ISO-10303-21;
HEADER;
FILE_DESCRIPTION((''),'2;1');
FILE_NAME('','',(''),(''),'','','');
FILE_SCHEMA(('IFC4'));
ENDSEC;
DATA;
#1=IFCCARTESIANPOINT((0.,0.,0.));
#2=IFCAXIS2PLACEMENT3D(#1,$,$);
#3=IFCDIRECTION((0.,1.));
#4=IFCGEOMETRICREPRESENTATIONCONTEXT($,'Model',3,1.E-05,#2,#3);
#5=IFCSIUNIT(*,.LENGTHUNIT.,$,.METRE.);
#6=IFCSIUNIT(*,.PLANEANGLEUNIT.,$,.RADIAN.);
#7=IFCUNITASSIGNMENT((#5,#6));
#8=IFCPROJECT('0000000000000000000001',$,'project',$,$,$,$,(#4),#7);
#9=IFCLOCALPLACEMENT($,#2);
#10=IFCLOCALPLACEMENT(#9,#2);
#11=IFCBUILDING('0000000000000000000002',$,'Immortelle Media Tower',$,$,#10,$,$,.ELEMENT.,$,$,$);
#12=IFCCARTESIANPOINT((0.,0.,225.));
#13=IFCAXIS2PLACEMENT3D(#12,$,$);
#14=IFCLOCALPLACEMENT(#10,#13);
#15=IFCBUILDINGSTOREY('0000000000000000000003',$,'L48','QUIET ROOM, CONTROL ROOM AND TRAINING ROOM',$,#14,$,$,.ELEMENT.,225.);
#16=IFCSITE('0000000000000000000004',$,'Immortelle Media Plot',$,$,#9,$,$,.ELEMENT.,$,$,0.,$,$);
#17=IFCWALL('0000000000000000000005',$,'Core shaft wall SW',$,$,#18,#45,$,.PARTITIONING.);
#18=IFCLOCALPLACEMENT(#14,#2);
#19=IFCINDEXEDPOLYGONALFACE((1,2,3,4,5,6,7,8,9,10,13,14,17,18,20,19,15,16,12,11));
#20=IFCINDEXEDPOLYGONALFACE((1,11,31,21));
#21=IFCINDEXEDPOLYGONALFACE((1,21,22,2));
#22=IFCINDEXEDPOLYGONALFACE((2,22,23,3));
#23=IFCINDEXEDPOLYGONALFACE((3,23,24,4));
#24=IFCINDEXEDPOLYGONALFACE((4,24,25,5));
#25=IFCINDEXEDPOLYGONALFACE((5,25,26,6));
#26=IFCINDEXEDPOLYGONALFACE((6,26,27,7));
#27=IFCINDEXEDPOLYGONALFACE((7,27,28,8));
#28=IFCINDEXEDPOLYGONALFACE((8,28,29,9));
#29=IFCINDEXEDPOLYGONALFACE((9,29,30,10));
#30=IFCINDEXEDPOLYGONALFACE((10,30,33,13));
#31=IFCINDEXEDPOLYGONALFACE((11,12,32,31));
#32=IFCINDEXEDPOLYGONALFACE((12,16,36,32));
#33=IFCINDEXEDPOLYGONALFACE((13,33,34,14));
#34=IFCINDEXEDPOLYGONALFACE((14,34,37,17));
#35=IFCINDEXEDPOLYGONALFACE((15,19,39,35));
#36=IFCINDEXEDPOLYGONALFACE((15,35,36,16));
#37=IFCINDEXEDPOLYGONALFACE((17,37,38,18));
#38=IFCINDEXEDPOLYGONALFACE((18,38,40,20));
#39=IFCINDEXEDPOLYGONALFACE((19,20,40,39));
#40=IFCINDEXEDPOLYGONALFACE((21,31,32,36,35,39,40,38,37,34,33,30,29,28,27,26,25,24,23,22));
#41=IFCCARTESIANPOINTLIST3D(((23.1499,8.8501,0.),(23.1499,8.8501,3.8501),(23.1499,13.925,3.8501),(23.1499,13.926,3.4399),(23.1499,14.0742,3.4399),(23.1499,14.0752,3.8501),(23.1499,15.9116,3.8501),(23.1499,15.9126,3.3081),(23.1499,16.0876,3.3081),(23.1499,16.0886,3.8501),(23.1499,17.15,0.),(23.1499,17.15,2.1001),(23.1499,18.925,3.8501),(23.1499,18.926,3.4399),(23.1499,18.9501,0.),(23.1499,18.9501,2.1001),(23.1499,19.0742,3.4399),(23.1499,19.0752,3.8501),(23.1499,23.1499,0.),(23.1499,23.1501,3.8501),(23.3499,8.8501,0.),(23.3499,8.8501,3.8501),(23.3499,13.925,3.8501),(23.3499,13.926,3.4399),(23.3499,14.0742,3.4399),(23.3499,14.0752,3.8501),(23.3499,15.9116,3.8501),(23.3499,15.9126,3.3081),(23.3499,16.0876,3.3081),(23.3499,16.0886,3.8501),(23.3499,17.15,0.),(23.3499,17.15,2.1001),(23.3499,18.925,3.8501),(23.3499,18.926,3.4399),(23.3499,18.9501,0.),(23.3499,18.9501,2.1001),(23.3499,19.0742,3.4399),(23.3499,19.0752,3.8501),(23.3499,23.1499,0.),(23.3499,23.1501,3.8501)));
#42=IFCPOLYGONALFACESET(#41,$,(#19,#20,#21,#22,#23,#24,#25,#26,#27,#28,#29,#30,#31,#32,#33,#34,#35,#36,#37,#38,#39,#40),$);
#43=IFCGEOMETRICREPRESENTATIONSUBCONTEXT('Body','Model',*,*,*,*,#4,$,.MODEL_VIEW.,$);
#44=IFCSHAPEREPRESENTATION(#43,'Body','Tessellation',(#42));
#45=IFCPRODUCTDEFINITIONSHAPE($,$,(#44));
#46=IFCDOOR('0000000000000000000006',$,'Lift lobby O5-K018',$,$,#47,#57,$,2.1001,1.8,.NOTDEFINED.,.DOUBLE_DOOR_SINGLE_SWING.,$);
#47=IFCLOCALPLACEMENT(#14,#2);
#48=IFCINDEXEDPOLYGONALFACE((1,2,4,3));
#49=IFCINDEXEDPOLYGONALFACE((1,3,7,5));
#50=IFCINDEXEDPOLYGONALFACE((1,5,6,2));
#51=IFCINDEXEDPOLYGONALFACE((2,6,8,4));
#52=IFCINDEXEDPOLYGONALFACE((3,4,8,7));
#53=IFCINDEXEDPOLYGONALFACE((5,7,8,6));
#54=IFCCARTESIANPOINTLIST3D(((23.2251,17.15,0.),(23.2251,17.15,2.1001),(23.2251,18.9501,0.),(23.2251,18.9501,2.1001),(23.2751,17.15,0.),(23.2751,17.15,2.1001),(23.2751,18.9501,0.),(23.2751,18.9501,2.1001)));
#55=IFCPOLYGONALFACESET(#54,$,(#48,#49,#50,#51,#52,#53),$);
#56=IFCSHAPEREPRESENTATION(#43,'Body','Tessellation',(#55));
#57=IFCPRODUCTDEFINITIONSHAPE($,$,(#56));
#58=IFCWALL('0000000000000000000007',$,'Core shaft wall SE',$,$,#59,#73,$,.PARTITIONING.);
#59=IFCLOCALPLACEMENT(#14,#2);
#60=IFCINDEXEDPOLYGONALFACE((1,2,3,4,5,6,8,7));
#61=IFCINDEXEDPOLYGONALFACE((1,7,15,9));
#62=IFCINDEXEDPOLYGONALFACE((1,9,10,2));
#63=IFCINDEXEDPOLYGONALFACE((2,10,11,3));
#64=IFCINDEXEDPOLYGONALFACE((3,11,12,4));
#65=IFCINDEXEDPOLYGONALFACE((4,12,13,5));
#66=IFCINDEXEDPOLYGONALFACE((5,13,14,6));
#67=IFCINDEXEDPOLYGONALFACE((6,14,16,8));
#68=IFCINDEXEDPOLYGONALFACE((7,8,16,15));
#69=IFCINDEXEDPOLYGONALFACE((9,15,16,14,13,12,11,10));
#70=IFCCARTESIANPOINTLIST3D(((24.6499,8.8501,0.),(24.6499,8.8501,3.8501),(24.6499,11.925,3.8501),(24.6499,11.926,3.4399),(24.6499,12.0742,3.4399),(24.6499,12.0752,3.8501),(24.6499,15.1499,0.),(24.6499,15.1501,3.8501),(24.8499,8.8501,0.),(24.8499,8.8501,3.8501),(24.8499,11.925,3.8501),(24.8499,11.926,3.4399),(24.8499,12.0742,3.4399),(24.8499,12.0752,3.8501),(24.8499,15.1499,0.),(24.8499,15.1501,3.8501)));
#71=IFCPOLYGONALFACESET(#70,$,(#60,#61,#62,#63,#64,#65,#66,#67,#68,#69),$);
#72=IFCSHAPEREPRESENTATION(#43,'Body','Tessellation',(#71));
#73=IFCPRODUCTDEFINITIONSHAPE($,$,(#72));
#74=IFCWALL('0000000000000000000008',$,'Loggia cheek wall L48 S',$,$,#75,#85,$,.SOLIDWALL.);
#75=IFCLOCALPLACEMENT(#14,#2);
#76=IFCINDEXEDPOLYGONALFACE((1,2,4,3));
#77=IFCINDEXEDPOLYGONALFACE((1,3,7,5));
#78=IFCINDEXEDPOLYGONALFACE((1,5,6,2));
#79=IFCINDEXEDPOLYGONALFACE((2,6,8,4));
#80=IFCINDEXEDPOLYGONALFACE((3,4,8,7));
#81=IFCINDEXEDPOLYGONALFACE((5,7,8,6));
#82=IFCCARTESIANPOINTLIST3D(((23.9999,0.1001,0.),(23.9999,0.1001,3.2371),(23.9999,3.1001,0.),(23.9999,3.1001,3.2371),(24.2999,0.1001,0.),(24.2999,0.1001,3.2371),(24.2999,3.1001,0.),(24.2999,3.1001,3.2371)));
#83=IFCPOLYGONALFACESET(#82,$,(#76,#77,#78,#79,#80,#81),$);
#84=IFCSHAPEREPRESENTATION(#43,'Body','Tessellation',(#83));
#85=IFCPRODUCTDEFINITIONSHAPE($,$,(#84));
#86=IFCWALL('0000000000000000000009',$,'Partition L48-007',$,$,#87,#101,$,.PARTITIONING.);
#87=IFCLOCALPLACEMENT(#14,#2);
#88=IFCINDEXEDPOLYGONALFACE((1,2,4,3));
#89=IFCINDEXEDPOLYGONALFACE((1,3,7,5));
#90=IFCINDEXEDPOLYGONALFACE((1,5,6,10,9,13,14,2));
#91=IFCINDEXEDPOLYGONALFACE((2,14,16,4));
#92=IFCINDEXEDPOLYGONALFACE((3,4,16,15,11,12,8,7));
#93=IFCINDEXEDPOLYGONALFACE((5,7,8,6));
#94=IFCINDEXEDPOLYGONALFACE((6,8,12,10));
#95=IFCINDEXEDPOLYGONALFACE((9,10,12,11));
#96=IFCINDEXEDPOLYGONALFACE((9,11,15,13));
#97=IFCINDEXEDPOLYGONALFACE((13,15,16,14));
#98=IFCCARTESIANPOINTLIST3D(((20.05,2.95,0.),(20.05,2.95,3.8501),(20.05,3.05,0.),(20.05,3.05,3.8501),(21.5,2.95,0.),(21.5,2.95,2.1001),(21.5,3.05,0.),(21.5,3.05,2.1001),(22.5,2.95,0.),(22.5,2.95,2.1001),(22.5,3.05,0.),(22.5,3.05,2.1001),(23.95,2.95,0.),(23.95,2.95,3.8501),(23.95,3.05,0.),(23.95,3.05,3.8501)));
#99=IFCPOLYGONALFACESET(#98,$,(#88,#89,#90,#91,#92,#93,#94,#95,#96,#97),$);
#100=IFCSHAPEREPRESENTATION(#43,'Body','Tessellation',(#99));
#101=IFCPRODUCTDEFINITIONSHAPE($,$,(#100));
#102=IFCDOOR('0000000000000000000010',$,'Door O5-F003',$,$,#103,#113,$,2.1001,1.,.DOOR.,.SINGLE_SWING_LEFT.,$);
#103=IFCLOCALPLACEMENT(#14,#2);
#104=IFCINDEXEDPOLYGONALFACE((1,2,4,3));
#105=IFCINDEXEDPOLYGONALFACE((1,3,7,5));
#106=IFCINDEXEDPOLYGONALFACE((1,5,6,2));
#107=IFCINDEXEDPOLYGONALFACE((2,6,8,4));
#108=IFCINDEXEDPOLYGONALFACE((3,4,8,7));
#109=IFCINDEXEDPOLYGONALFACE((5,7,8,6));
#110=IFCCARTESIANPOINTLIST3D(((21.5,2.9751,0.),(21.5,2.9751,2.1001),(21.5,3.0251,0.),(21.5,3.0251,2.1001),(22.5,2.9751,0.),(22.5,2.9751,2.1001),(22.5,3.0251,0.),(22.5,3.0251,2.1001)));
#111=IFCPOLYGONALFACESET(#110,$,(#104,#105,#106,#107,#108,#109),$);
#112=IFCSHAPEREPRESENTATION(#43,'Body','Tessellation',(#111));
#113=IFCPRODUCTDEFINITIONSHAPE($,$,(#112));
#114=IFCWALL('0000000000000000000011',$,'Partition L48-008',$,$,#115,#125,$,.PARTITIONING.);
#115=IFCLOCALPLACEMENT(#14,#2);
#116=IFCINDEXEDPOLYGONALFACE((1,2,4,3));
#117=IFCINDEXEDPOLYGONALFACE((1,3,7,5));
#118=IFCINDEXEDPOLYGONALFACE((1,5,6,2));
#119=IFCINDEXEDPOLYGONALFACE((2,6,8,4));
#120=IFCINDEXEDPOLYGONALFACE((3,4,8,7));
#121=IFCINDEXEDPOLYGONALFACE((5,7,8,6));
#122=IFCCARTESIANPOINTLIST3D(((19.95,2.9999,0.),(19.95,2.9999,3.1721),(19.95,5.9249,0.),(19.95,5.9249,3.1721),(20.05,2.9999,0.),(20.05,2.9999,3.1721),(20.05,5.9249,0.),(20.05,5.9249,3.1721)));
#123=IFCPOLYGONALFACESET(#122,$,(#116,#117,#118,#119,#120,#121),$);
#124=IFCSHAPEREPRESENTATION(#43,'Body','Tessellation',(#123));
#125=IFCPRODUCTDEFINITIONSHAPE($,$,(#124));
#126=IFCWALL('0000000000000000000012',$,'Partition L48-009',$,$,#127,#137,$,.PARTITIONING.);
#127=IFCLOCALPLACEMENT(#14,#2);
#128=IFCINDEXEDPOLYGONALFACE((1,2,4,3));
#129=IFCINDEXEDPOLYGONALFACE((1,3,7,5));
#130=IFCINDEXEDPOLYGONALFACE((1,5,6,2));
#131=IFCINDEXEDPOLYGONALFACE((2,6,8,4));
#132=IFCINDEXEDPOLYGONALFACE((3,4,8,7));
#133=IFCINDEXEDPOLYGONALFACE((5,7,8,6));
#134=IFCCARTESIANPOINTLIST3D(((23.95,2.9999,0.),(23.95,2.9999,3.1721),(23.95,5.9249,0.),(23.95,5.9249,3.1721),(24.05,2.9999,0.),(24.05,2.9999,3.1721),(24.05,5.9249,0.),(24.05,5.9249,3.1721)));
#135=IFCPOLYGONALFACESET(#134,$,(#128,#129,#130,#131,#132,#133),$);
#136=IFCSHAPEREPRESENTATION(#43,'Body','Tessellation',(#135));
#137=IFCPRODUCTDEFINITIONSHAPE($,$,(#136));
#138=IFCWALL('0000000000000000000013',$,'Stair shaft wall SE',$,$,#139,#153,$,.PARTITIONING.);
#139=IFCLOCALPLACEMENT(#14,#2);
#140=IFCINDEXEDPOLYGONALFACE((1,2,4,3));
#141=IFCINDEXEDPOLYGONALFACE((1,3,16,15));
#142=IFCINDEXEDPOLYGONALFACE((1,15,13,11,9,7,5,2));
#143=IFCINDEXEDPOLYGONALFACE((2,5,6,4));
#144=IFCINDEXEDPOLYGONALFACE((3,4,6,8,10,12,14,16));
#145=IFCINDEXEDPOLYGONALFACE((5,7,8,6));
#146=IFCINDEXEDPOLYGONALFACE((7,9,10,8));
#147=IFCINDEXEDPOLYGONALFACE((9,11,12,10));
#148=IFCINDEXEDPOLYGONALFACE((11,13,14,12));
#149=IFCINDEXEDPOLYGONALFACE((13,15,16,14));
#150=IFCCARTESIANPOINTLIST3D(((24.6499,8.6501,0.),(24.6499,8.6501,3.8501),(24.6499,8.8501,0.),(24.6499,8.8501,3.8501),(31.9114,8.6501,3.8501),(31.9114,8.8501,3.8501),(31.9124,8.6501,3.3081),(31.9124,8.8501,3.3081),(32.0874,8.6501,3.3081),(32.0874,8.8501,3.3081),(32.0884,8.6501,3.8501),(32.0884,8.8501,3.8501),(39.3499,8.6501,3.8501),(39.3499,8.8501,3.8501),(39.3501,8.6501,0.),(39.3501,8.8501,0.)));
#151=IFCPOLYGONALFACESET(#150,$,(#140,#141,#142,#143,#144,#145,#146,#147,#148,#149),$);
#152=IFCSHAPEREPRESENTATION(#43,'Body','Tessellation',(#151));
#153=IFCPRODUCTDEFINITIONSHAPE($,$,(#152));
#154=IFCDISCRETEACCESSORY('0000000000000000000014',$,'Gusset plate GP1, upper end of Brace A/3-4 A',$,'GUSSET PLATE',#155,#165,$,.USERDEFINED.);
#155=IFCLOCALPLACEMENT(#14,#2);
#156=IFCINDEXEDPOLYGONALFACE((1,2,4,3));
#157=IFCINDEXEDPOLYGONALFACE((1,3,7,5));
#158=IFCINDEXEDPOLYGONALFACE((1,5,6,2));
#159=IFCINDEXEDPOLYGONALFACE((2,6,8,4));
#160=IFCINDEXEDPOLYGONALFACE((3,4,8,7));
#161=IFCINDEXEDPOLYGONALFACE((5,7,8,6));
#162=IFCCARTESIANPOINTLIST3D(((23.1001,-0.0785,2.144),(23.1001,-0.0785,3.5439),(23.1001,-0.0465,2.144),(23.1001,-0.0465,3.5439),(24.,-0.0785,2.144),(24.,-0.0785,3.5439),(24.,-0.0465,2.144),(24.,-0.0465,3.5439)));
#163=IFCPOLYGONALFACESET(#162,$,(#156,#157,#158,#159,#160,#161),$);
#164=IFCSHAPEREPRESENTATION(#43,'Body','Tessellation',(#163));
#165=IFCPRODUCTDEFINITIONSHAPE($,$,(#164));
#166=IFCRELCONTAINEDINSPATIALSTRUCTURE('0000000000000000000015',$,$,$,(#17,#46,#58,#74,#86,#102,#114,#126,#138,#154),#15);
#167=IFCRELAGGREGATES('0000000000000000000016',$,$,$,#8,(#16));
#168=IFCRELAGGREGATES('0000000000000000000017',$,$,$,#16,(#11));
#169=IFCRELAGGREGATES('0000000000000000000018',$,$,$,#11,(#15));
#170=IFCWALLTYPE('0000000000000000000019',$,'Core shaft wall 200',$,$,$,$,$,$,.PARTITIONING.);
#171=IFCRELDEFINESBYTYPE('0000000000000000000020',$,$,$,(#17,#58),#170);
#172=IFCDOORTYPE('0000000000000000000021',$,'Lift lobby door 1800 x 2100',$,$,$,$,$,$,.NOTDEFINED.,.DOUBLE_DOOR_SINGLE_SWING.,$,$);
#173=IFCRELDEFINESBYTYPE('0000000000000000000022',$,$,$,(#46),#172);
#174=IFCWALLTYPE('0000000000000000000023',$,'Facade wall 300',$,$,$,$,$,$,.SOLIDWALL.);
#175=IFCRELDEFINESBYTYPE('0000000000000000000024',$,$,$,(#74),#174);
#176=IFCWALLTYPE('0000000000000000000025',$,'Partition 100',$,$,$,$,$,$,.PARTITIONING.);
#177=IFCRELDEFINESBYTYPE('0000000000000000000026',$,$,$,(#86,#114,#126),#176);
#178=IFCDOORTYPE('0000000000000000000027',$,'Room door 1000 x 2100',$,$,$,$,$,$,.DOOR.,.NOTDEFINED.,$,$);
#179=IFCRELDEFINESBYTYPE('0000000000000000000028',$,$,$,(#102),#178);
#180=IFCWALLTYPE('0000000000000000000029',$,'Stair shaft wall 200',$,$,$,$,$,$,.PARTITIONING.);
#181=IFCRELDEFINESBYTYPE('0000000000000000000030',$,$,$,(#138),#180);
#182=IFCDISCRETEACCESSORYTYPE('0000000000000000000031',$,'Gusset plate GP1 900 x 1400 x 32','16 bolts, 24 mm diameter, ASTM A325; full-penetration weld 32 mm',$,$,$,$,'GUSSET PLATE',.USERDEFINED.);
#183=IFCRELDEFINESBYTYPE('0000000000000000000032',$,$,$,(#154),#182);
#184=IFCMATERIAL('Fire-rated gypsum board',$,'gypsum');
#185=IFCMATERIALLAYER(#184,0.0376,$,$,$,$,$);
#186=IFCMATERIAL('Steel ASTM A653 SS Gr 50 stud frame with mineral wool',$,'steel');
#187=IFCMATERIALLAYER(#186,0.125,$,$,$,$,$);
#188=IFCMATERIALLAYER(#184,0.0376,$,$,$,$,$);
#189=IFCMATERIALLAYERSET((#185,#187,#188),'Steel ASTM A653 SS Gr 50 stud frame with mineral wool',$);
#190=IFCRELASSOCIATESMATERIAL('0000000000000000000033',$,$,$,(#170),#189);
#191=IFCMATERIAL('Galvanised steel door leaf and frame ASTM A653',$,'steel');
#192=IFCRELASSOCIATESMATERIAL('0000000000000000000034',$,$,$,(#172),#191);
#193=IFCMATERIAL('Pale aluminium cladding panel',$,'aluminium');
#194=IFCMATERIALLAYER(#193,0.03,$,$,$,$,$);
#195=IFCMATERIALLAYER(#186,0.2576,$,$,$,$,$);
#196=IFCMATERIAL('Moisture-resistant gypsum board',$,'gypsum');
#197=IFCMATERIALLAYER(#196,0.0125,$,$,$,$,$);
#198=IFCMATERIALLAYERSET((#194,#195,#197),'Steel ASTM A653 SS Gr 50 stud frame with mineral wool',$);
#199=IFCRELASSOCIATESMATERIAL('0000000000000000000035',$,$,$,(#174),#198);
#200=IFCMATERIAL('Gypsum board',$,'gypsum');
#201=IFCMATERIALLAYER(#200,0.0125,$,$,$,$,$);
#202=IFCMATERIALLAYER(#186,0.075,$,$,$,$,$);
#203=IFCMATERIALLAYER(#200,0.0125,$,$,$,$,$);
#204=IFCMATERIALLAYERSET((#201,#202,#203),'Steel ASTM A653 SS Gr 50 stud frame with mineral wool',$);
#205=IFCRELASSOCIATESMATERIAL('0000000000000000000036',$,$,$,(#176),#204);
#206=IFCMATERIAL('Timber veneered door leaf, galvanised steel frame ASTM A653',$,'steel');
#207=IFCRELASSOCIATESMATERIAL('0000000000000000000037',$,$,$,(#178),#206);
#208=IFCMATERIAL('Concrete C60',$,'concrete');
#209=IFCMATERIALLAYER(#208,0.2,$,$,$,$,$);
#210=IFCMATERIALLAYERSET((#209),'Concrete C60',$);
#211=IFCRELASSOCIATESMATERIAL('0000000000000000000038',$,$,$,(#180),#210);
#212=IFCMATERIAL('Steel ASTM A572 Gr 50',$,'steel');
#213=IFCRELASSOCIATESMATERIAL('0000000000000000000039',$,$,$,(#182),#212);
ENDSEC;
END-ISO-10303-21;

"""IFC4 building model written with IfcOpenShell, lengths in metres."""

from ifc_helpers import new_model, si_unit, direction, frame, frame_2d, origin, origin_2d, place, context, subcontext, project, spatial, polyline, rectangle, outline, extrude, material, layer, layer_set, material_profile, profile_set, type_object, element, fill, save


model = new_model("IFC4")

# Units and contexts
model_context = context("Model", 3, precision=1e-05, world=origin(), true_north=direction((0.0, 1.0)))
body_context = subcontext(model_context, "Body", "Model", "MODEL_VIEW")
ifc_project = project(units=[si_unit("LENGTHUNIT", "METRE"), si_unit("PLANEANGLEUNIT", "RADIAN")], contexts=[model_context])

# Site, building, storey
site_placement = place(None, origin())
site = spatial("IfcSite", under=ifc_project, at=site_placement, Name="Immortelle Media Plot", CompositionType="ELEMENT", RefElevation=0.0)
building_placement = place(site_placement, origin())
building = spatial("IfcBuilding", under=site, at=building_placement, Name="Immortelle Media Tower", CompositionType="ELEMENT")
storey_placement = place(building_placement, frame((0.0, 0.0, 225.0)))
storey = spatial("IfcBuildingStorey", under=building, at=storey_placement, Name="L48", Description="QUIET ROOM, CONTROL ROOM AND TRAINING ROOM", CompositionType="ELEMENT", Elevation=225.0)

# Shared definitions
ifc_material_1 = material(Name="Fire-rated gypsum board", Category="gypsum")
ifc_layer_1 = layer(ifc_material_1, 0.0376)
ifc_material_2 = material(Name="Steel ASTM A653 SS Gr 50 stud frame with mineral wool", Category="steel")
ifc_layer_2 = layer(ifc_material_2, 0.125)
ifc_layer_3 = layer(ifc_material_1, 0.0376)
ifc_layer_set_1 = layer_set([ifc_layer_1, ifc_layer_2, ifc_layer_3], Name="Steel ASTM A653 SS Gr 50 stud frame with mineral wool")
wall_type_1 = type_object("IfcWallType", Name="Core shaft wall 200", PredefinedType="PARTITIONING", material=ifc_layer_set_1)

# Wall, opening, door
wall_1_placement = place(storey_placement, frame((23.25, 8.8501, 0.0), z_axis=(0.0, 0.0, 1.0), x_axis=(0.0, 1.0, 0.0)))
wall_1 = element("IfcWall", 1, at=wall_1_placement, inside=storey, type_object=wall_type_1, Name="Core shaft wall SW", PredefinedType="PARTITIONING", context=body_context, shape_type="SweptSolid", body=[
    extrude(outline(polyline([(0.0, 0.0), (14.2998, 0.0), (14.3, 3.8501), (10.2251, 3.8501), (10.2241, 3.4399), (10.0759, 3.4399), (10.075, 3.8501), (7.2385, 3.8501), (7.2375, 3.3081), (7.0625, 3.3081), (7.0615, 3.8501), (5.2251, 3.8501), (5.2241, 3.4399), (5.0759, 3.4399), (5.075, 3.8501), (0.0, 3.8501), (0.0, 0.0)])), frame((0.0, 0.1001, 0.0), z_axis=(0.0, -1.0, 0.0), x_axis=(1.0, 0.0, 0.0)), (0.0, 0.0, 1.0), 0.2),
])
opening_1_placement = place(wall_1_placement, frame((8.3, 0.0, 0.0)))
opening_1 = element("IfcOpeningElement", 2, at=opening_1_placement, cuts=wall_1, PredefinedType="OPENING", context=body_context, shape_type="SweptSolid", body=[
    extrude(rectangle(XDim=1.8, YDim=2.1001, at=frame_2d((0.8999, 1.05))), frame((0.0, 0.1099, 0.0), z_axis=(0.0, -1.0, 0.0), x_axis=(1.0, 0.0, 0.0)), (0.0, 0.0, 1.0), 0.22),
])
ifc_material_3 = material(Name="Galvanised steel door leaf and frame ASTM A653", Category="steel")
door_type_1 = type_object("IfcDoorType", Name="Lift lobby door 1800 x 2100", OperationType="DOUBLE_DOOR_SINGLE_SWING", PredefinedType="NOTDEFINED", material=ifc_material_3)
door_1_placement = place(opening_1_placement, origin())
door_1 = element("IfcDoor", 3, at=door_1_placement, inside=storey, type_object=door_type_1, Name="Lift lobby O5-K018", OperationType="DOUBLE_DOOR_SINGLE_SWING", OverallHeight=2.1001, OverallWidth=1.8, PredefinedType="NOTDEFINED", context=body_context, shape_type="SweptSolid", body=[
    extrude(rectangle(XDim=1.8, YDim=2.1001, at=frame_2d((0.8999, 1.05))), frame((0.0, 0.0249, 0.0), z_axis=(0.0, -1.0, 0.0), x_axis=(1.0, 0.0, 0.0)), (0.0, 0.0, 1.0), 0.05),
])
fill(opening_1, door_1)

# Wall
wall_2_placement = place(storey_placement, frame((24.75, 8.8501, 0.0), z_axis=(0.0, 0.0, 1.0), x_axis=(0.0, 1.0, 0.0)))
element("IfcWall", 4, at=wall_2_placement, inside=storey, type_object=wall_type_1, Name="Core shaft wall SE", PredefinedType="PARTITIONING", context=body_context, shape_type="SweptSolid", body=[
    extrude(outline(polyline([(0.0, 0.0), (6.2998, 0.0), (6.3, 3.8501), (3.2251, 3.8501), (3.2241, 3.4399), (3.0759, 3.4399), (3.075, 3.8501), (0.0, 3.8501), (0.0, 0.0)])), frame((0.0, 0.1001, 0.0), z_axis=(0.0, -1.0, 0.0), x_axis=(1.0, 0.0, 0.0)), (0.0, 0.0, 1.0), 0.2),
])

# Shared definitions
ifc_material_4 = material(Name="Pale aluminium cladding panel", Category="aluminium")
ifc_layer_4 = layer(ifc_material_4, 0.03)
ifc_layer_5 = layer(ifc_material_2, 0.2576)
ifc_material_5 = material(Name="Moisture-resistant gypsum board", Category="gypsum")
ifc_layer_6 = layer(ifc_material_5, 0.0125)
ifc_layer_set_2 = layer_set([ifc_layer_4, ifc_layer_5, ifc_layer_6], Name="Steel ASTM A653 SS Gr 50 stud frame with mineral wool")
wall_type_2 = type_object("IfcWallType", Name="Facade wall 300", PredefinedType="SOLIDWALL", material=ifc_layer_set_2)

# Wall
wall_3_placement = place(storey_placement, frame((24.1499, 0.1001, 0.0), z_axis=(0.0, 0.0, 1.0), x_axis=(0.0, 1.0, 0.0)))
element("IfcWall", 5, at=wall_3_placement, inside=storey, type_object=wall_type_2, Name="Loggia cheek wall L48 S", PredefinedType="SOLIDWALL", context=body_context, shape_type="SweptSolid", body=[
    extrude(rectangle(XDim=3.0, YDim=0.3, at=frame_2d((1.5, 0.0))), origin(), (0.0, 0.0, 1.0), 3.2371),
])

# Wall, opening, door
ifc_material_6 = material(Name="Gypsum board", Category="gypsum")
ifc_layer_7 = layer(ifc_material_6, 0.0125)
ifc_layer_8 = layer(ifc_material_2, 0.075)
ifc_layer_9 = layer(ifc_material_6, 0.0125)
ifc_layer_set_3 = layer_set([ifc_layer_7, ifc_layer_8, ifc_layer_9], Name="Steel ASTM A653 SS Gr 50 stud frame with mineral wool")
wall_type_3 = type_object("IfcWallType", Name="Partition 100", PredefinedType="PARTITIONING", material=ifc_layer_set_3)
wall_4_placement = place(storey_placement, frame((20.05, 3.0, 0.0), z_axis=(0.0, 0.0, 1.0), x_axis=(1.0, 0.0, 0.0)))
wall_4 = element("IfcWall", 6, at=wall_4_placement, inside=storey, type_object=wall_type_3, Name="Partition L48-007", PredefinedType="PARTITIONING", context=body_context, shape_type="SweptSolid", body=[
    extrude(rectangle(XDim=3.8999, YDim=0.1001, at=frame_2d((1.95, 0.0))), origin(), (0.0, 0.0, 1.0), 3.8501),
])
opening_2_placement = place(wall_4_placement, frame((2.45, 0.0, 0.0), z_axis=(0.0, 0.0, 1.0), x_axis=(-1.0, 0.0, 0.0)))
opening_2 = element("IfcOpeningElement", 7, at=opening_2_placement, cuts=wall_4, PredefinedType="OPENING", context=body_context, shape_type="SweptSolid", body=[
    extrude(rectangle(XDim=1.0, YDim=2.1001, at=frame_2d((0.5, 1.05))), frame((0.0, 0.0601, 0.0), z_axis=(0.0, -1.0, 0.0), x_axis=(1.0, 0.0, 0.0)), (0.0, 0.0, 1.0), 0.1201),
])
ifc_material_7 = material(Name="Timber veneered door leaf, galvanised steel frame ASTM A653", Category="steel")
door_type_2 = type_object("IfcDoorType", Name="Room door 1000 x 2100", OperationType="NOTDEFINED", PredefinedType="DOOR", material=ifc_material_7)
door_2_placement = place(opening_2_placement, origin())
door_2 = element("IfcDoor", 8, at=door_2_placement, inside=storey, type_object=door_type_2, Name="Door O5-F003", OperationType="SINGLE_SWING_LEFT", OverallHeight=2.1001, OverallWidth=1.0, PredefinedType="DOOR", context=body_context, shape_type="SweptSolid", body=[
    extrude(rectangle(XDim=1.0, YDim=2.1001, at=frame_2d((0.5, 1.05))), frame((0.0, 0.0249, 0.0), z_axis=(0.0, -1.0, 0.0), x_axis=(1.0, 0.0, 0.0)), (0.0, 0.0, 1.0), 0.05),
])
fill(opening_2, door_2)

# Walls
for number, where, z_axis, x_axis, name in (
    (9, (20.0, 3.0, 0.0), (0.0, 0.0, 1.0), (0.0, 1.0, 0.0), "Partition L48-008"),
    (10, (24.0, 3.0, 0.0), (0.0, 0.0, 1.0), (0.0, 1.0, 0.0), "Partition L48-009"),
):
    element("IfcWall", number, at=place(storey_placement, frame(where, z_axis=z_axis, x_axis=x_axis)), inside=storey, type_object=wall_type_3, Name=name, PredefinedType="PARTITIONING", context=body_context, shape_type="SweptSolid", body=[
        extrude(rectangle(XDim=2.925, YDim=0.1001, at=frame_2d((1.4624, 0.0))), origin(), (0.0, 0.0, 1.0), 3.1721),
    ])
ifc_material_8 = material(Name="Concrete C60", Category="concrete")
ifc_layer_10 = layer(ifc_material_8, 0.2)
ifc_layer_set_4 = layer_set([ifc_layer_10], Name="Concrete C60")
wall_type_4 = type_object("IfcWallType", Name="Stair shaft wall 200", PredefinedType="PARTITIONING", material=ifc_layer_set_4)
wall_5_placement = place(storey_placement, frame((24.6499, 8.75, 0.0), z_axis=(0.0, 0.0, 1.0), x_axis=(1.0, 0.0, 0.0)))
element("IfcWall", 11, at=wall_5_placement, inside=storey, type_object=wall_type_4, Name="Stair shaft wall SE", PredefinedType="PARTITIONING", context=body_context, shape_type="SweptSolid", body=[
    extrude(outline(polyline([(0.0, 0.0), (14.7002, 0.0), (14.7, 3.8501), (7.4385, 3.8501), (7.4375, 3.3081), (7.2625, 3.3081), (7.2615, 3.8501), (0.0, 3.8501), (0.0, 0.0)])), frame((0.0, 0.1001, 0.0), z_axis=(0.0, -1.0, 0.0), x_axis=(1.0, 0.0, 0.0)), (0.0, 0.0, 1.0), 0.2),
])

# Discrete accessory
ifc_material_9 = material(Name="Steel ASTM A572 Gr 50", Category="steel")
ifc_material_profile_1 = material_profile(ifc_material_9, rectangle(XDim=0.032, YDim=1.3999, at=origin_2d()), Name="PL 32 x 1400")
ifc_profile_set_1 = profile_set([ifc_material_profile_1], Name="Steel ASTM A572 Gr 50")
discrete_accessory_type = type_object("IfcDiscreteAccessoryType", Name="Gusset plate GP1 900 x 1400 x 32", Description="16 bolts, 24 mm diameter, ASTM A325; full-penetration weld 32 mm", ElementType="GUSSET PLATE", PredefinedType="USERDEFINED", material=ifc_profile_set_1)
for number, where, z_axis, x_axis, name in (
    (12, (24.0, -0.0625, 2.844), (-1.0, 0.0, 0.0), (0.0, -1.0, 0.0), "Gusset plate GP1, upper end of Brace A/3-4 A"),
):
    element("IfcDiscreteAccessory", number, at=place(storey_placement, frame(where, z_axis=z_axis, x_axis=x_axis)), inside=storey, type_object=discrete_accessory_type, Name=name, ObjectType="GUSSET PLATE", PredefinedType="USERDEFINED", context=body_context, shape_type="SweptSolid", body=[
        extrude(rectangle(XDim=0.032, YDim=1.3999, at=origin_2d()), origin(), (0.0, 0.0, 1.0), 0.8999),
    ])

save(model, "model.ifc")
